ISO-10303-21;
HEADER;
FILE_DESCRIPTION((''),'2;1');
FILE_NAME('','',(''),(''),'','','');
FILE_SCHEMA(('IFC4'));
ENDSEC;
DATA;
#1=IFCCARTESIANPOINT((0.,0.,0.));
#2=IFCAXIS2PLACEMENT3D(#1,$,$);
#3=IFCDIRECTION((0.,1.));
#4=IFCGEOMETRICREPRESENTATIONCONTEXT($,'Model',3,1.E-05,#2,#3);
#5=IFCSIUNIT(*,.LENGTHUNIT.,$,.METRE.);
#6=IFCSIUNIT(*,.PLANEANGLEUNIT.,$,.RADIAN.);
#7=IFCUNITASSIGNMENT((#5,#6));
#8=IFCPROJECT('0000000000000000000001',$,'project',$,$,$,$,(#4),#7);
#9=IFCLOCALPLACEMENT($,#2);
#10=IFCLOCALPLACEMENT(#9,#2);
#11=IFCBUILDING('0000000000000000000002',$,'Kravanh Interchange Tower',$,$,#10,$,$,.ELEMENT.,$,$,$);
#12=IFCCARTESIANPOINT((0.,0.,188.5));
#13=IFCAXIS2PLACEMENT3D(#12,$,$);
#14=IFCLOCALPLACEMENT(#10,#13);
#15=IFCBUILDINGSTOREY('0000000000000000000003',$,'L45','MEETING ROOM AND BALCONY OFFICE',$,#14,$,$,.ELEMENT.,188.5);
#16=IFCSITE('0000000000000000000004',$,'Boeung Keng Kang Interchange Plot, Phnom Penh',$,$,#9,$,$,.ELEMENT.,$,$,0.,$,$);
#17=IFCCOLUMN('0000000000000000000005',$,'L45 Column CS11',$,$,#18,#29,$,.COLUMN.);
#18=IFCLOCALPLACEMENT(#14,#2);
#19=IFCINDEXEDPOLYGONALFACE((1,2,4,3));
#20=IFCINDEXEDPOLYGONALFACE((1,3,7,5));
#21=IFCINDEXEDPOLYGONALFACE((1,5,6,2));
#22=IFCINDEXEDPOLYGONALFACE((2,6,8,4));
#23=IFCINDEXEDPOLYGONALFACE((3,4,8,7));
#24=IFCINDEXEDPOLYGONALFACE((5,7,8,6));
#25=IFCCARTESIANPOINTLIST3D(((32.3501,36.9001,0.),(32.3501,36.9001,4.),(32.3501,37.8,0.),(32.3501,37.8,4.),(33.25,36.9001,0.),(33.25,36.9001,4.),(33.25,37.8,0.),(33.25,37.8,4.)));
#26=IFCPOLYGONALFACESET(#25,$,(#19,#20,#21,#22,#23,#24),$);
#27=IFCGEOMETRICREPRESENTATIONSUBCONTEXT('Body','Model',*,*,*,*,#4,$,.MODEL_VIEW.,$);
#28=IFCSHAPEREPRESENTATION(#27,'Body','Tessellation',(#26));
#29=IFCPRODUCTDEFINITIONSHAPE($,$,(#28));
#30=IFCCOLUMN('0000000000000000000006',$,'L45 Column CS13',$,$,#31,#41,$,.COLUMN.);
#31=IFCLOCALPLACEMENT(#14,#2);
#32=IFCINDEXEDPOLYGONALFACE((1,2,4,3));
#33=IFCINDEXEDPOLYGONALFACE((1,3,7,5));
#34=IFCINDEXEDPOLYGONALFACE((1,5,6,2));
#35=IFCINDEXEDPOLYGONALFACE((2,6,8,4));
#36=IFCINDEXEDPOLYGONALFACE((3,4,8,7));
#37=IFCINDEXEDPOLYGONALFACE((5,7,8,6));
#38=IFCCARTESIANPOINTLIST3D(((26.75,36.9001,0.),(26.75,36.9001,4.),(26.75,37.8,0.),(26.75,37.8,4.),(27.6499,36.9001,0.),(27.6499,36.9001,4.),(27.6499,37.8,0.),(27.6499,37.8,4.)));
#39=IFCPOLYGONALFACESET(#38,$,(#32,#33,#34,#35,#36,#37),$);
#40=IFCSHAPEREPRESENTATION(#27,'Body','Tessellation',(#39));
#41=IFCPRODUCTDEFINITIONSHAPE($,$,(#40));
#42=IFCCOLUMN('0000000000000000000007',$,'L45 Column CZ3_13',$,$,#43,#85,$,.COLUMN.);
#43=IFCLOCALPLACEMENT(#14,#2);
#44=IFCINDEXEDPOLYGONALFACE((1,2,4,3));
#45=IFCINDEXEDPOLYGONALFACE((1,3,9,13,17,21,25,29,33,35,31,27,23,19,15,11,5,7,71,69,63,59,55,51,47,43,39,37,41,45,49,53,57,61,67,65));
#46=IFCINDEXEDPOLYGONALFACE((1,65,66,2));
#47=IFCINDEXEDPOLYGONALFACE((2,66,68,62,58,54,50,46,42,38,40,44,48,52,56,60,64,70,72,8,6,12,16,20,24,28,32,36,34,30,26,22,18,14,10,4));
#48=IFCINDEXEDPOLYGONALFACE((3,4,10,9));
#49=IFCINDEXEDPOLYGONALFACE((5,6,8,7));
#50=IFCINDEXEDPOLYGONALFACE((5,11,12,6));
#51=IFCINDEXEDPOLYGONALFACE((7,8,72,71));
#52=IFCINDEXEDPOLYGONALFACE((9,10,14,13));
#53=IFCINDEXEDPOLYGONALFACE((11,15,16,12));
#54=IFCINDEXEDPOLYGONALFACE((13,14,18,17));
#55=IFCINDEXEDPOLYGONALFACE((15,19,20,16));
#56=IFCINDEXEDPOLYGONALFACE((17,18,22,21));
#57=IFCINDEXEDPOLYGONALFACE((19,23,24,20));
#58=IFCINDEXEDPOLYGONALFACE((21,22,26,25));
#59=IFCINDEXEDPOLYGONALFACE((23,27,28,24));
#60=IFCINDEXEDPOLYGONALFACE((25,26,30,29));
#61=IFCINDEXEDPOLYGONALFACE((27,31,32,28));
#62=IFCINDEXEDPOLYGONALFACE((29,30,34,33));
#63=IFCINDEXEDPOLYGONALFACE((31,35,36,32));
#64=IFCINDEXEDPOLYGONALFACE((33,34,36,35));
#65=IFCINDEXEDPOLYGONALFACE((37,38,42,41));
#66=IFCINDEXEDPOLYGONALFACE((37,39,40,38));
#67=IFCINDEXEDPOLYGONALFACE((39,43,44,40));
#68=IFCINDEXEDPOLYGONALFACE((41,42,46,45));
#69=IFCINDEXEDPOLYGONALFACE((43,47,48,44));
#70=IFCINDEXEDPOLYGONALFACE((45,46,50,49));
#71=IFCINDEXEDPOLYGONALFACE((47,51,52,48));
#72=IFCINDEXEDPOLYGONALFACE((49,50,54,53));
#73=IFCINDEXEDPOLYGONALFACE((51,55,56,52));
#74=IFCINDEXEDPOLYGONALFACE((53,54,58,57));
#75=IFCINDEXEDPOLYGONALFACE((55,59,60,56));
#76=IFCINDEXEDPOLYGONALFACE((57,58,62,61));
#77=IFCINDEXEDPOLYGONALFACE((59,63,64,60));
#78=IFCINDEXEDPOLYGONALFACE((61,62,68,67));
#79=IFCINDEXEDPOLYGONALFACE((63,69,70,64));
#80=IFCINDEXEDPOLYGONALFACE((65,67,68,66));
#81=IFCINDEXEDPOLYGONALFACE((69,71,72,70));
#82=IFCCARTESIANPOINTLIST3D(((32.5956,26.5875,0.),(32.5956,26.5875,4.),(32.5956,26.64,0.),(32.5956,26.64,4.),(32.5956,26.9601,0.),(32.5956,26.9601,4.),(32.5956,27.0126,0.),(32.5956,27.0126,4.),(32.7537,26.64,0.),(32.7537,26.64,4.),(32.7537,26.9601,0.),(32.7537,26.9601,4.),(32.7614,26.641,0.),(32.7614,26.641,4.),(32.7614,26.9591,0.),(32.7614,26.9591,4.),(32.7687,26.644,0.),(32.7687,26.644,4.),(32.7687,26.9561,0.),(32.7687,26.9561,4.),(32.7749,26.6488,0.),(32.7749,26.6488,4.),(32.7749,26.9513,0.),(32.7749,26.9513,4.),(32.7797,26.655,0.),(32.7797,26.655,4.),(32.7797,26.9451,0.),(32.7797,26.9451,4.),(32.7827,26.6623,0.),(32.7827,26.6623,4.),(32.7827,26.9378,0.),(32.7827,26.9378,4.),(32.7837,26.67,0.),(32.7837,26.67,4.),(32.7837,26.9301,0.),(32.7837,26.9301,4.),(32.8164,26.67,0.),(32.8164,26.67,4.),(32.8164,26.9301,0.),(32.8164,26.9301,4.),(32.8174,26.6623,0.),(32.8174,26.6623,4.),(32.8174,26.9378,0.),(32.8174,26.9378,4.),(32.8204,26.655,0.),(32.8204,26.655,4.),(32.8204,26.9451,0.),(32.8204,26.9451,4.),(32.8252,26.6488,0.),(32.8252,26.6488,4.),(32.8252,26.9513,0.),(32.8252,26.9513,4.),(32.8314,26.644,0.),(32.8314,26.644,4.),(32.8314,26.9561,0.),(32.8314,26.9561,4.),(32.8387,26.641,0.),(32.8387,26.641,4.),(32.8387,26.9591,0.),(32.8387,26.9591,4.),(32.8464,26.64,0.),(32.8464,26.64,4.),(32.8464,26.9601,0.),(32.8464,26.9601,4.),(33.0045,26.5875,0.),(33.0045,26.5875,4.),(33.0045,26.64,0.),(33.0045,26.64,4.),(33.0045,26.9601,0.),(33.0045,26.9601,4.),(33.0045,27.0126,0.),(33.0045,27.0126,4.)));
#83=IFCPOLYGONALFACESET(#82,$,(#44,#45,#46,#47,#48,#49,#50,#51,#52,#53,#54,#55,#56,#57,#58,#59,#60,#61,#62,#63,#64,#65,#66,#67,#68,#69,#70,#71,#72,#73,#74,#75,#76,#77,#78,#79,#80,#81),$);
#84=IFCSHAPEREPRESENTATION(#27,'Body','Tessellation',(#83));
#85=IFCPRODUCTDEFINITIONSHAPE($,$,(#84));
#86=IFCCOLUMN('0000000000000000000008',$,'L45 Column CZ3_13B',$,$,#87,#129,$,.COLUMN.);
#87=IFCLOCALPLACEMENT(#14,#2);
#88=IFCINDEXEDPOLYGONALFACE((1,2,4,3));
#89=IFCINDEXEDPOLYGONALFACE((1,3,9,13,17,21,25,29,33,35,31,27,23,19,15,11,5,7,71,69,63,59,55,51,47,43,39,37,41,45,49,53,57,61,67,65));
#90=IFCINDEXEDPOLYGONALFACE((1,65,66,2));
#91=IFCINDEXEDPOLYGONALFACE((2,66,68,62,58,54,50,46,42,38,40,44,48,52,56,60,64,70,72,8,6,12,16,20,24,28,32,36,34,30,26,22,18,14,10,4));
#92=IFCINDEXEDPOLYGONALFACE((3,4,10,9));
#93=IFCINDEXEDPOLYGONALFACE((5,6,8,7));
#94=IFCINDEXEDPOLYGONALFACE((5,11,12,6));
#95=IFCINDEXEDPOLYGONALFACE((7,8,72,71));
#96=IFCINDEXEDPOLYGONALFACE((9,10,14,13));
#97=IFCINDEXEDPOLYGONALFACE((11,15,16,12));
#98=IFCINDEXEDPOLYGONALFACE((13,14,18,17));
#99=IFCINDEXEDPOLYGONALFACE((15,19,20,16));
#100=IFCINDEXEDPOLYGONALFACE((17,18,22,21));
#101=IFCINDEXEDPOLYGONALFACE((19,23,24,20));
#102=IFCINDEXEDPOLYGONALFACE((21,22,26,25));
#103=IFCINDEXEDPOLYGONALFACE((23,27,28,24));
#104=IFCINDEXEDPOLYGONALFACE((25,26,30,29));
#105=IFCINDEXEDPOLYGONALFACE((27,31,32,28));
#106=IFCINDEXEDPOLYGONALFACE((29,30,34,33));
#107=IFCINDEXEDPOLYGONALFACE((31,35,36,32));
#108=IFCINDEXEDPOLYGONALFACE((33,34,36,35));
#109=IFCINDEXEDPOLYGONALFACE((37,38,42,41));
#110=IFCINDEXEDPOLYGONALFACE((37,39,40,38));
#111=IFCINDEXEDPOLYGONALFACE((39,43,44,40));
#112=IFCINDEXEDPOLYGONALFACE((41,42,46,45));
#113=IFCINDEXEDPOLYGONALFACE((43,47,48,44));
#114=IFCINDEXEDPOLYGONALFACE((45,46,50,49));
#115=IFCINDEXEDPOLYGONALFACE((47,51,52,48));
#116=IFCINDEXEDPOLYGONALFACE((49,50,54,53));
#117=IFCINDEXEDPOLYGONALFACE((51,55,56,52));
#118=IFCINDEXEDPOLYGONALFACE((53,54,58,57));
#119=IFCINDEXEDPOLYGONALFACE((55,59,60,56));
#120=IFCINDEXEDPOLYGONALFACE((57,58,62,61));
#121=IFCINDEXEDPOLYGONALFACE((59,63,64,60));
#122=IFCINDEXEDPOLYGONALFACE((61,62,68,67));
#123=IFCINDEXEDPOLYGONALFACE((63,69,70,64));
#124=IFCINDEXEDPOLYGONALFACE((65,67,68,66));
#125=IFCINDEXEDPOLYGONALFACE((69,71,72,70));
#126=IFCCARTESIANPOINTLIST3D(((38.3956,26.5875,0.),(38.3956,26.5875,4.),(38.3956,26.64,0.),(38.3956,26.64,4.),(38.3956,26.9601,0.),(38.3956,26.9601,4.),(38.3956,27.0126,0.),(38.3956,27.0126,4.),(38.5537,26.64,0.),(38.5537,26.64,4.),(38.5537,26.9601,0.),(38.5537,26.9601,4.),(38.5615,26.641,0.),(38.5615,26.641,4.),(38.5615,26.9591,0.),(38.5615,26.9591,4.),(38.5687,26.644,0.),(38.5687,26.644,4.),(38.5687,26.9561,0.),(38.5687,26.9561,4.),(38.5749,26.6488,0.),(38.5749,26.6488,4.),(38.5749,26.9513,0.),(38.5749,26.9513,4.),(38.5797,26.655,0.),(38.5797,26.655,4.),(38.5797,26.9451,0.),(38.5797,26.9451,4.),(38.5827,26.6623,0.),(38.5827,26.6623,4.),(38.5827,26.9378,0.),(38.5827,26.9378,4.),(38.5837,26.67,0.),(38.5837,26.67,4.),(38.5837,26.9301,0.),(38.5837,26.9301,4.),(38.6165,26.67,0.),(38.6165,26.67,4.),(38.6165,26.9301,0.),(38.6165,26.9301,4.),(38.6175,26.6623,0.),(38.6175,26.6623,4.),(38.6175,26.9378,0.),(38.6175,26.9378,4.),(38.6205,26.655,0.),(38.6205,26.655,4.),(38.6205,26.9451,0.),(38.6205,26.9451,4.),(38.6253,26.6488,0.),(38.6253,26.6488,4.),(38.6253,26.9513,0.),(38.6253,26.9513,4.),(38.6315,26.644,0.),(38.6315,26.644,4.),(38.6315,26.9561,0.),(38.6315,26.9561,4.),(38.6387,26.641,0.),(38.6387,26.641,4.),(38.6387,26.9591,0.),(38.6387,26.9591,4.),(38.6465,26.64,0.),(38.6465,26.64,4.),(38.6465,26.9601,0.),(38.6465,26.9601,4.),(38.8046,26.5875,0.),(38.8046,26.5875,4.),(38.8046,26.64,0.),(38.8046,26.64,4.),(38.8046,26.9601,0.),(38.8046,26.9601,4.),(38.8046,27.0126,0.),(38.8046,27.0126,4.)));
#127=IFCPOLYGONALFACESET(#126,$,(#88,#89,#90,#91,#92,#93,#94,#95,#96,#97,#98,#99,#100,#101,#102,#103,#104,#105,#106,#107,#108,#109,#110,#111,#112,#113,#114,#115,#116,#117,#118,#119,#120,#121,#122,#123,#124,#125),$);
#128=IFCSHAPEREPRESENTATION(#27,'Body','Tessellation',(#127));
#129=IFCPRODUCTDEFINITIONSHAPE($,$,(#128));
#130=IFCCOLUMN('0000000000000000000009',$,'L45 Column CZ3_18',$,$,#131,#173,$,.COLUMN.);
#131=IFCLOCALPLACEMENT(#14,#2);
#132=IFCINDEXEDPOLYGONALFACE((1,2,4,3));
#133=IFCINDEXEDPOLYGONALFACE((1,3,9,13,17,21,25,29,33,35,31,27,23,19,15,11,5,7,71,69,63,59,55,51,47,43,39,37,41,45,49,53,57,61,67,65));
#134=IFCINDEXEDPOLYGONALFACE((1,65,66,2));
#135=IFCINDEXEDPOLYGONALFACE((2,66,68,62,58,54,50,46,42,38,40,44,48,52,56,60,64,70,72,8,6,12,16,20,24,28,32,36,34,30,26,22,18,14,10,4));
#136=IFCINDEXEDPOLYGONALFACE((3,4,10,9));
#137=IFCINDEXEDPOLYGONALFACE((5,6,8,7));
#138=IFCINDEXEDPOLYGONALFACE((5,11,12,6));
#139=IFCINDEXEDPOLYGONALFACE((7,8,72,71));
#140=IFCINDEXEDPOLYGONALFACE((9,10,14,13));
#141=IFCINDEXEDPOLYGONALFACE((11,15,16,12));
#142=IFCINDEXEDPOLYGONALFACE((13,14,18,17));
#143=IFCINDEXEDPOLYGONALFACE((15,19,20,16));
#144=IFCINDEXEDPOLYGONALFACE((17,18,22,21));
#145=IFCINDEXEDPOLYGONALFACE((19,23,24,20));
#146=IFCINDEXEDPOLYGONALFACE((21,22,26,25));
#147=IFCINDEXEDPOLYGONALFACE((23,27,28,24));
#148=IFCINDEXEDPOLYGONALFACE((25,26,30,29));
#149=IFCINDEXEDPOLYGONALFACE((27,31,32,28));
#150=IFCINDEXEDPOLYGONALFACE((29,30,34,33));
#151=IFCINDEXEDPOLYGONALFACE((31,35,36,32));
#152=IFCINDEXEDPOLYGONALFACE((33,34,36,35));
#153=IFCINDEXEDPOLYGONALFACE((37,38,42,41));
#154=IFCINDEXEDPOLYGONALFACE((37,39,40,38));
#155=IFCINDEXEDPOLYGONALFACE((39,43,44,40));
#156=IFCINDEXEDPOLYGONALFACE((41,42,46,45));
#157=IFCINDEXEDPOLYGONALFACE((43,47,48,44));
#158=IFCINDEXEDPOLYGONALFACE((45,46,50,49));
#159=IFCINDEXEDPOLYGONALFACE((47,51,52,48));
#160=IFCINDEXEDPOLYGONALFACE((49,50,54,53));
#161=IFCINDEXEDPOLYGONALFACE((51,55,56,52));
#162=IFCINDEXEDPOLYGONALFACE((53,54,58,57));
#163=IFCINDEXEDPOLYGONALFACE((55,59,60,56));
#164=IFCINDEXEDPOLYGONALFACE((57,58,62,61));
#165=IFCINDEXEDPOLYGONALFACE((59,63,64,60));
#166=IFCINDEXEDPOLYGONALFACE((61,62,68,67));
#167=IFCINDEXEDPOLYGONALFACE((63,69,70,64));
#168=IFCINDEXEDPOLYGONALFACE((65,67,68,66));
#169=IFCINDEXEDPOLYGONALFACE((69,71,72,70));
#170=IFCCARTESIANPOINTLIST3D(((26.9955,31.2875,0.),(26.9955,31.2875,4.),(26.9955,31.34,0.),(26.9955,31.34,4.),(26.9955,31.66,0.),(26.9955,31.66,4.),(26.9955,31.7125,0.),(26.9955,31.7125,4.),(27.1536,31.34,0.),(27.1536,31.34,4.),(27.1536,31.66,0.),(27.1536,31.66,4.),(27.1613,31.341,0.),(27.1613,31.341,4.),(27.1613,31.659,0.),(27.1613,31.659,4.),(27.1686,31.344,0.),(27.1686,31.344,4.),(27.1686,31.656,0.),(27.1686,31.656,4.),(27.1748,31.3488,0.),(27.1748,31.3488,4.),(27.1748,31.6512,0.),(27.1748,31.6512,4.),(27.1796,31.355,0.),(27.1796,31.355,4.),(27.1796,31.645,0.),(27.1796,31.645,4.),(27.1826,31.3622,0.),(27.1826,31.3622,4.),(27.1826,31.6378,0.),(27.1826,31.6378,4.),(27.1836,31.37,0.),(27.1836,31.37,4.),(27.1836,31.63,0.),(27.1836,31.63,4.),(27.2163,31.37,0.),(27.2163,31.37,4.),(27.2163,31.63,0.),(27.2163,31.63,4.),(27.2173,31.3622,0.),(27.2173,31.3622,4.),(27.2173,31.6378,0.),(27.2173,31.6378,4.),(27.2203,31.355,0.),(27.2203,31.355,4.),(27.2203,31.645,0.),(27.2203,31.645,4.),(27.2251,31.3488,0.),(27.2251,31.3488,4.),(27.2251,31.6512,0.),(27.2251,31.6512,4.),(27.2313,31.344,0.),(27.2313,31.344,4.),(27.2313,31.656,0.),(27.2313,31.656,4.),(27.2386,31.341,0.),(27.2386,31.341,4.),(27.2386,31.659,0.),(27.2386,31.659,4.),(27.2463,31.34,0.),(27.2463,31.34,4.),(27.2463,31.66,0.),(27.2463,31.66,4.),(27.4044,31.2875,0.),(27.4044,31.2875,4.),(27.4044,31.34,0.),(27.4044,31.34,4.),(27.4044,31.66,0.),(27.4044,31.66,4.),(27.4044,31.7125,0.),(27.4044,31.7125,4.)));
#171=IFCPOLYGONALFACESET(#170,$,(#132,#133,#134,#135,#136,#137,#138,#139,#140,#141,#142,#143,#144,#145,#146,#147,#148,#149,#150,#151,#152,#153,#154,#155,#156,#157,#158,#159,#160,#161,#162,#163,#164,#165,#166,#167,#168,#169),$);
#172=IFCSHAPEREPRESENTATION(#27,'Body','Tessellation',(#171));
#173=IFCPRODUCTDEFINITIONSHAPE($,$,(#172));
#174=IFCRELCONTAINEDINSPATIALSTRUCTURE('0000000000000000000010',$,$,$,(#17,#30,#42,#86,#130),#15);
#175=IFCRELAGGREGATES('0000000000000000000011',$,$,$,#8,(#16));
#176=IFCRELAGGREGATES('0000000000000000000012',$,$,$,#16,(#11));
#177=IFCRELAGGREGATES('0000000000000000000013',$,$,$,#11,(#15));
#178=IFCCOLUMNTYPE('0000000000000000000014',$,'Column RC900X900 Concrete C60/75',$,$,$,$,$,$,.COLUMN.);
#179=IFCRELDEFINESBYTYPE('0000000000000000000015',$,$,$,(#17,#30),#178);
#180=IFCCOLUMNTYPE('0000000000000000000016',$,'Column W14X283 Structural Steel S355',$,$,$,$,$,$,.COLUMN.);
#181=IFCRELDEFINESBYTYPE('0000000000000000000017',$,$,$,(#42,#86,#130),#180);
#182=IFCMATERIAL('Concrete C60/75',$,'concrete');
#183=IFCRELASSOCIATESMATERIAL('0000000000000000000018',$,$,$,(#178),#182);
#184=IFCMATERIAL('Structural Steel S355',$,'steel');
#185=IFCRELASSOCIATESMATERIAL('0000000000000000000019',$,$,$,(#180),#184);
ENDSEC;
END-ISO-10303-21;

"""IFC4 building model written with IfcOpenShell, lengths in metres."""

from ifc_helpers import new_model, si_unit, direction, frame, origin, origin_2d, place, context, subcontext, project, spatial, rectangle, i_section, extrude, material, material_profile, profile_set, type_object, element, save


model = new_model("IFC4")

# Units and contexts
model_context = context("Model", 3, precision=1e-05, world=origin(), true_north=direction((0.0, 1.0)))
body_context = subcontext(model_context, "Body", "Model", "MODEL_VIEW")
ifc_project = project(units=[si_unit("LENGTHUNIT", "METRE"), si_unit("PLANEANGLEUNIT", "RADIAN")], contexts=[model_context])

# Site, building, storey
site_placement = place(None, origin())
site = spatial("IfcSite", under=ifc_project, at=site_placement, Name="Boeung Keng Kang Interchange Plot, Phnom Penh", CompositionType="ELEMENT", RefElevation=0.0)
building_placement = place(site_placement, origin())
building = spatial("IfcBuilding", under=site, at=building_placement, Name="Kravanh Interchange Tower", CompositionType="ELEMENT")
storey_placement = place(building_placement, frame((0.0, 0.0, 188.5)))
storey = spatial("IfcBuildingStorey", under=building, at=storey_placement, Name="L45", Description="MEETING ROOM AND BALCONY OFFICE", CompositionType="ELEMENT", Elevation=188.5)

# Columns
ifc_material_1 = material(Name="Concrete C60/75", Category="concrete")
ifc_material_profile_1 = material_profile(ifc_material_1, rectangle(XDim=0.8999, YDim=0.8999, at=origin_2d()), Name="RC900X900")
ifc_profile_set_1 = profile_set([ifc_material_profile_1], Name="Concrete C60/75")
column_type_1 = type_object("IfcColumnType", Name="Column RC900X900 Concrete C60/75", PredefinedType="COLUMN", material=ifc_profile_set_1)
for number, where, z_axis, x_axis, name in (
    (1, (32.8, 37.3501, 0.0), (0.0, 0.0, 1.0), (1.0, 0.0, 0.0), "L45 Column CS11"),
    (2, (27.2, 37.3501, 0.0), (0.0, 0.0, 1.0), (1.0, 0.0, 0.0), "L45 Column CS13"),
):
    element("IfcColumn", number, at=place(storey_placement, frame(where, z_axis=z_axis, x_axis=x_axis)), inside=storey, type_object=column_type_1, Name=name, PredefinedType="COLUMN", context=body_context, shape_type="SweptSolid", body=[
        extrude(rectangle(XDim=0.8999, YDim=0.8999, at=origin_2d()), origin(), (0.0, 0.0, 1.0), 4.0),
    ])
ifc_material_2 = material(Name="Structural Steel S355", Category="steel")
ifc_material_profile_2 = material_profile(ifc_material_2, i_section(OverallWidth=0.4089, OverallDepth=0.425, WebThickness=0.0327, FlangeThickness=0.0525, FilletRadius=0.03, at=origin_2d()), Name="W14X283")
ifc_profile_set_2 = profile_set([ifc_material_profile_2], Name="Structural Steel S355")
column_type_2 = type_object("IfcColumnType", Name="Column W14X283 Structural Steel S355", PredefinedType="COLUMN", material=ifc_profile_set_2)
for number, where, z_axis, x_axis, name in (
    (3, (32.8, 26.8, 0.0), (0.0, 0.0, 1.0), (1.0, 0.0, 0.0), "L45 Column CZ3_13"),
    (4, (38.6001, 26.8, 0.0), (0.0, 0.0, 1.0), (1.0, 0.0, 0.0), "L45 Column CZ3_13B"),
    (5, (27.2, 31.5, 0.0), (0.0, 0.0, 1.0), (1.0, 0.0, 0.0), "L45 Column CZ3_18"),
):
    element("IfcColumn", number, at=place(storey_placement, frame(where, z_axis=z_axis, x_axis=x_axis)), inside=storey, type_object=column_type_2, Name=name, PredefinedType="COLUMN", context=body_context, shape_type="SweptSolid", body=[
        extrude(i_section(OverallWidth=0.4089, OverallDepth=0.425, WebThickness=0.0327, FlangeThickness=0.0525, FilletRadius=0.03, at=origin_2d()), origin(), (0.0, 0.0, 1.0), 4.0),
    ])

save(model, "model.ifc")
